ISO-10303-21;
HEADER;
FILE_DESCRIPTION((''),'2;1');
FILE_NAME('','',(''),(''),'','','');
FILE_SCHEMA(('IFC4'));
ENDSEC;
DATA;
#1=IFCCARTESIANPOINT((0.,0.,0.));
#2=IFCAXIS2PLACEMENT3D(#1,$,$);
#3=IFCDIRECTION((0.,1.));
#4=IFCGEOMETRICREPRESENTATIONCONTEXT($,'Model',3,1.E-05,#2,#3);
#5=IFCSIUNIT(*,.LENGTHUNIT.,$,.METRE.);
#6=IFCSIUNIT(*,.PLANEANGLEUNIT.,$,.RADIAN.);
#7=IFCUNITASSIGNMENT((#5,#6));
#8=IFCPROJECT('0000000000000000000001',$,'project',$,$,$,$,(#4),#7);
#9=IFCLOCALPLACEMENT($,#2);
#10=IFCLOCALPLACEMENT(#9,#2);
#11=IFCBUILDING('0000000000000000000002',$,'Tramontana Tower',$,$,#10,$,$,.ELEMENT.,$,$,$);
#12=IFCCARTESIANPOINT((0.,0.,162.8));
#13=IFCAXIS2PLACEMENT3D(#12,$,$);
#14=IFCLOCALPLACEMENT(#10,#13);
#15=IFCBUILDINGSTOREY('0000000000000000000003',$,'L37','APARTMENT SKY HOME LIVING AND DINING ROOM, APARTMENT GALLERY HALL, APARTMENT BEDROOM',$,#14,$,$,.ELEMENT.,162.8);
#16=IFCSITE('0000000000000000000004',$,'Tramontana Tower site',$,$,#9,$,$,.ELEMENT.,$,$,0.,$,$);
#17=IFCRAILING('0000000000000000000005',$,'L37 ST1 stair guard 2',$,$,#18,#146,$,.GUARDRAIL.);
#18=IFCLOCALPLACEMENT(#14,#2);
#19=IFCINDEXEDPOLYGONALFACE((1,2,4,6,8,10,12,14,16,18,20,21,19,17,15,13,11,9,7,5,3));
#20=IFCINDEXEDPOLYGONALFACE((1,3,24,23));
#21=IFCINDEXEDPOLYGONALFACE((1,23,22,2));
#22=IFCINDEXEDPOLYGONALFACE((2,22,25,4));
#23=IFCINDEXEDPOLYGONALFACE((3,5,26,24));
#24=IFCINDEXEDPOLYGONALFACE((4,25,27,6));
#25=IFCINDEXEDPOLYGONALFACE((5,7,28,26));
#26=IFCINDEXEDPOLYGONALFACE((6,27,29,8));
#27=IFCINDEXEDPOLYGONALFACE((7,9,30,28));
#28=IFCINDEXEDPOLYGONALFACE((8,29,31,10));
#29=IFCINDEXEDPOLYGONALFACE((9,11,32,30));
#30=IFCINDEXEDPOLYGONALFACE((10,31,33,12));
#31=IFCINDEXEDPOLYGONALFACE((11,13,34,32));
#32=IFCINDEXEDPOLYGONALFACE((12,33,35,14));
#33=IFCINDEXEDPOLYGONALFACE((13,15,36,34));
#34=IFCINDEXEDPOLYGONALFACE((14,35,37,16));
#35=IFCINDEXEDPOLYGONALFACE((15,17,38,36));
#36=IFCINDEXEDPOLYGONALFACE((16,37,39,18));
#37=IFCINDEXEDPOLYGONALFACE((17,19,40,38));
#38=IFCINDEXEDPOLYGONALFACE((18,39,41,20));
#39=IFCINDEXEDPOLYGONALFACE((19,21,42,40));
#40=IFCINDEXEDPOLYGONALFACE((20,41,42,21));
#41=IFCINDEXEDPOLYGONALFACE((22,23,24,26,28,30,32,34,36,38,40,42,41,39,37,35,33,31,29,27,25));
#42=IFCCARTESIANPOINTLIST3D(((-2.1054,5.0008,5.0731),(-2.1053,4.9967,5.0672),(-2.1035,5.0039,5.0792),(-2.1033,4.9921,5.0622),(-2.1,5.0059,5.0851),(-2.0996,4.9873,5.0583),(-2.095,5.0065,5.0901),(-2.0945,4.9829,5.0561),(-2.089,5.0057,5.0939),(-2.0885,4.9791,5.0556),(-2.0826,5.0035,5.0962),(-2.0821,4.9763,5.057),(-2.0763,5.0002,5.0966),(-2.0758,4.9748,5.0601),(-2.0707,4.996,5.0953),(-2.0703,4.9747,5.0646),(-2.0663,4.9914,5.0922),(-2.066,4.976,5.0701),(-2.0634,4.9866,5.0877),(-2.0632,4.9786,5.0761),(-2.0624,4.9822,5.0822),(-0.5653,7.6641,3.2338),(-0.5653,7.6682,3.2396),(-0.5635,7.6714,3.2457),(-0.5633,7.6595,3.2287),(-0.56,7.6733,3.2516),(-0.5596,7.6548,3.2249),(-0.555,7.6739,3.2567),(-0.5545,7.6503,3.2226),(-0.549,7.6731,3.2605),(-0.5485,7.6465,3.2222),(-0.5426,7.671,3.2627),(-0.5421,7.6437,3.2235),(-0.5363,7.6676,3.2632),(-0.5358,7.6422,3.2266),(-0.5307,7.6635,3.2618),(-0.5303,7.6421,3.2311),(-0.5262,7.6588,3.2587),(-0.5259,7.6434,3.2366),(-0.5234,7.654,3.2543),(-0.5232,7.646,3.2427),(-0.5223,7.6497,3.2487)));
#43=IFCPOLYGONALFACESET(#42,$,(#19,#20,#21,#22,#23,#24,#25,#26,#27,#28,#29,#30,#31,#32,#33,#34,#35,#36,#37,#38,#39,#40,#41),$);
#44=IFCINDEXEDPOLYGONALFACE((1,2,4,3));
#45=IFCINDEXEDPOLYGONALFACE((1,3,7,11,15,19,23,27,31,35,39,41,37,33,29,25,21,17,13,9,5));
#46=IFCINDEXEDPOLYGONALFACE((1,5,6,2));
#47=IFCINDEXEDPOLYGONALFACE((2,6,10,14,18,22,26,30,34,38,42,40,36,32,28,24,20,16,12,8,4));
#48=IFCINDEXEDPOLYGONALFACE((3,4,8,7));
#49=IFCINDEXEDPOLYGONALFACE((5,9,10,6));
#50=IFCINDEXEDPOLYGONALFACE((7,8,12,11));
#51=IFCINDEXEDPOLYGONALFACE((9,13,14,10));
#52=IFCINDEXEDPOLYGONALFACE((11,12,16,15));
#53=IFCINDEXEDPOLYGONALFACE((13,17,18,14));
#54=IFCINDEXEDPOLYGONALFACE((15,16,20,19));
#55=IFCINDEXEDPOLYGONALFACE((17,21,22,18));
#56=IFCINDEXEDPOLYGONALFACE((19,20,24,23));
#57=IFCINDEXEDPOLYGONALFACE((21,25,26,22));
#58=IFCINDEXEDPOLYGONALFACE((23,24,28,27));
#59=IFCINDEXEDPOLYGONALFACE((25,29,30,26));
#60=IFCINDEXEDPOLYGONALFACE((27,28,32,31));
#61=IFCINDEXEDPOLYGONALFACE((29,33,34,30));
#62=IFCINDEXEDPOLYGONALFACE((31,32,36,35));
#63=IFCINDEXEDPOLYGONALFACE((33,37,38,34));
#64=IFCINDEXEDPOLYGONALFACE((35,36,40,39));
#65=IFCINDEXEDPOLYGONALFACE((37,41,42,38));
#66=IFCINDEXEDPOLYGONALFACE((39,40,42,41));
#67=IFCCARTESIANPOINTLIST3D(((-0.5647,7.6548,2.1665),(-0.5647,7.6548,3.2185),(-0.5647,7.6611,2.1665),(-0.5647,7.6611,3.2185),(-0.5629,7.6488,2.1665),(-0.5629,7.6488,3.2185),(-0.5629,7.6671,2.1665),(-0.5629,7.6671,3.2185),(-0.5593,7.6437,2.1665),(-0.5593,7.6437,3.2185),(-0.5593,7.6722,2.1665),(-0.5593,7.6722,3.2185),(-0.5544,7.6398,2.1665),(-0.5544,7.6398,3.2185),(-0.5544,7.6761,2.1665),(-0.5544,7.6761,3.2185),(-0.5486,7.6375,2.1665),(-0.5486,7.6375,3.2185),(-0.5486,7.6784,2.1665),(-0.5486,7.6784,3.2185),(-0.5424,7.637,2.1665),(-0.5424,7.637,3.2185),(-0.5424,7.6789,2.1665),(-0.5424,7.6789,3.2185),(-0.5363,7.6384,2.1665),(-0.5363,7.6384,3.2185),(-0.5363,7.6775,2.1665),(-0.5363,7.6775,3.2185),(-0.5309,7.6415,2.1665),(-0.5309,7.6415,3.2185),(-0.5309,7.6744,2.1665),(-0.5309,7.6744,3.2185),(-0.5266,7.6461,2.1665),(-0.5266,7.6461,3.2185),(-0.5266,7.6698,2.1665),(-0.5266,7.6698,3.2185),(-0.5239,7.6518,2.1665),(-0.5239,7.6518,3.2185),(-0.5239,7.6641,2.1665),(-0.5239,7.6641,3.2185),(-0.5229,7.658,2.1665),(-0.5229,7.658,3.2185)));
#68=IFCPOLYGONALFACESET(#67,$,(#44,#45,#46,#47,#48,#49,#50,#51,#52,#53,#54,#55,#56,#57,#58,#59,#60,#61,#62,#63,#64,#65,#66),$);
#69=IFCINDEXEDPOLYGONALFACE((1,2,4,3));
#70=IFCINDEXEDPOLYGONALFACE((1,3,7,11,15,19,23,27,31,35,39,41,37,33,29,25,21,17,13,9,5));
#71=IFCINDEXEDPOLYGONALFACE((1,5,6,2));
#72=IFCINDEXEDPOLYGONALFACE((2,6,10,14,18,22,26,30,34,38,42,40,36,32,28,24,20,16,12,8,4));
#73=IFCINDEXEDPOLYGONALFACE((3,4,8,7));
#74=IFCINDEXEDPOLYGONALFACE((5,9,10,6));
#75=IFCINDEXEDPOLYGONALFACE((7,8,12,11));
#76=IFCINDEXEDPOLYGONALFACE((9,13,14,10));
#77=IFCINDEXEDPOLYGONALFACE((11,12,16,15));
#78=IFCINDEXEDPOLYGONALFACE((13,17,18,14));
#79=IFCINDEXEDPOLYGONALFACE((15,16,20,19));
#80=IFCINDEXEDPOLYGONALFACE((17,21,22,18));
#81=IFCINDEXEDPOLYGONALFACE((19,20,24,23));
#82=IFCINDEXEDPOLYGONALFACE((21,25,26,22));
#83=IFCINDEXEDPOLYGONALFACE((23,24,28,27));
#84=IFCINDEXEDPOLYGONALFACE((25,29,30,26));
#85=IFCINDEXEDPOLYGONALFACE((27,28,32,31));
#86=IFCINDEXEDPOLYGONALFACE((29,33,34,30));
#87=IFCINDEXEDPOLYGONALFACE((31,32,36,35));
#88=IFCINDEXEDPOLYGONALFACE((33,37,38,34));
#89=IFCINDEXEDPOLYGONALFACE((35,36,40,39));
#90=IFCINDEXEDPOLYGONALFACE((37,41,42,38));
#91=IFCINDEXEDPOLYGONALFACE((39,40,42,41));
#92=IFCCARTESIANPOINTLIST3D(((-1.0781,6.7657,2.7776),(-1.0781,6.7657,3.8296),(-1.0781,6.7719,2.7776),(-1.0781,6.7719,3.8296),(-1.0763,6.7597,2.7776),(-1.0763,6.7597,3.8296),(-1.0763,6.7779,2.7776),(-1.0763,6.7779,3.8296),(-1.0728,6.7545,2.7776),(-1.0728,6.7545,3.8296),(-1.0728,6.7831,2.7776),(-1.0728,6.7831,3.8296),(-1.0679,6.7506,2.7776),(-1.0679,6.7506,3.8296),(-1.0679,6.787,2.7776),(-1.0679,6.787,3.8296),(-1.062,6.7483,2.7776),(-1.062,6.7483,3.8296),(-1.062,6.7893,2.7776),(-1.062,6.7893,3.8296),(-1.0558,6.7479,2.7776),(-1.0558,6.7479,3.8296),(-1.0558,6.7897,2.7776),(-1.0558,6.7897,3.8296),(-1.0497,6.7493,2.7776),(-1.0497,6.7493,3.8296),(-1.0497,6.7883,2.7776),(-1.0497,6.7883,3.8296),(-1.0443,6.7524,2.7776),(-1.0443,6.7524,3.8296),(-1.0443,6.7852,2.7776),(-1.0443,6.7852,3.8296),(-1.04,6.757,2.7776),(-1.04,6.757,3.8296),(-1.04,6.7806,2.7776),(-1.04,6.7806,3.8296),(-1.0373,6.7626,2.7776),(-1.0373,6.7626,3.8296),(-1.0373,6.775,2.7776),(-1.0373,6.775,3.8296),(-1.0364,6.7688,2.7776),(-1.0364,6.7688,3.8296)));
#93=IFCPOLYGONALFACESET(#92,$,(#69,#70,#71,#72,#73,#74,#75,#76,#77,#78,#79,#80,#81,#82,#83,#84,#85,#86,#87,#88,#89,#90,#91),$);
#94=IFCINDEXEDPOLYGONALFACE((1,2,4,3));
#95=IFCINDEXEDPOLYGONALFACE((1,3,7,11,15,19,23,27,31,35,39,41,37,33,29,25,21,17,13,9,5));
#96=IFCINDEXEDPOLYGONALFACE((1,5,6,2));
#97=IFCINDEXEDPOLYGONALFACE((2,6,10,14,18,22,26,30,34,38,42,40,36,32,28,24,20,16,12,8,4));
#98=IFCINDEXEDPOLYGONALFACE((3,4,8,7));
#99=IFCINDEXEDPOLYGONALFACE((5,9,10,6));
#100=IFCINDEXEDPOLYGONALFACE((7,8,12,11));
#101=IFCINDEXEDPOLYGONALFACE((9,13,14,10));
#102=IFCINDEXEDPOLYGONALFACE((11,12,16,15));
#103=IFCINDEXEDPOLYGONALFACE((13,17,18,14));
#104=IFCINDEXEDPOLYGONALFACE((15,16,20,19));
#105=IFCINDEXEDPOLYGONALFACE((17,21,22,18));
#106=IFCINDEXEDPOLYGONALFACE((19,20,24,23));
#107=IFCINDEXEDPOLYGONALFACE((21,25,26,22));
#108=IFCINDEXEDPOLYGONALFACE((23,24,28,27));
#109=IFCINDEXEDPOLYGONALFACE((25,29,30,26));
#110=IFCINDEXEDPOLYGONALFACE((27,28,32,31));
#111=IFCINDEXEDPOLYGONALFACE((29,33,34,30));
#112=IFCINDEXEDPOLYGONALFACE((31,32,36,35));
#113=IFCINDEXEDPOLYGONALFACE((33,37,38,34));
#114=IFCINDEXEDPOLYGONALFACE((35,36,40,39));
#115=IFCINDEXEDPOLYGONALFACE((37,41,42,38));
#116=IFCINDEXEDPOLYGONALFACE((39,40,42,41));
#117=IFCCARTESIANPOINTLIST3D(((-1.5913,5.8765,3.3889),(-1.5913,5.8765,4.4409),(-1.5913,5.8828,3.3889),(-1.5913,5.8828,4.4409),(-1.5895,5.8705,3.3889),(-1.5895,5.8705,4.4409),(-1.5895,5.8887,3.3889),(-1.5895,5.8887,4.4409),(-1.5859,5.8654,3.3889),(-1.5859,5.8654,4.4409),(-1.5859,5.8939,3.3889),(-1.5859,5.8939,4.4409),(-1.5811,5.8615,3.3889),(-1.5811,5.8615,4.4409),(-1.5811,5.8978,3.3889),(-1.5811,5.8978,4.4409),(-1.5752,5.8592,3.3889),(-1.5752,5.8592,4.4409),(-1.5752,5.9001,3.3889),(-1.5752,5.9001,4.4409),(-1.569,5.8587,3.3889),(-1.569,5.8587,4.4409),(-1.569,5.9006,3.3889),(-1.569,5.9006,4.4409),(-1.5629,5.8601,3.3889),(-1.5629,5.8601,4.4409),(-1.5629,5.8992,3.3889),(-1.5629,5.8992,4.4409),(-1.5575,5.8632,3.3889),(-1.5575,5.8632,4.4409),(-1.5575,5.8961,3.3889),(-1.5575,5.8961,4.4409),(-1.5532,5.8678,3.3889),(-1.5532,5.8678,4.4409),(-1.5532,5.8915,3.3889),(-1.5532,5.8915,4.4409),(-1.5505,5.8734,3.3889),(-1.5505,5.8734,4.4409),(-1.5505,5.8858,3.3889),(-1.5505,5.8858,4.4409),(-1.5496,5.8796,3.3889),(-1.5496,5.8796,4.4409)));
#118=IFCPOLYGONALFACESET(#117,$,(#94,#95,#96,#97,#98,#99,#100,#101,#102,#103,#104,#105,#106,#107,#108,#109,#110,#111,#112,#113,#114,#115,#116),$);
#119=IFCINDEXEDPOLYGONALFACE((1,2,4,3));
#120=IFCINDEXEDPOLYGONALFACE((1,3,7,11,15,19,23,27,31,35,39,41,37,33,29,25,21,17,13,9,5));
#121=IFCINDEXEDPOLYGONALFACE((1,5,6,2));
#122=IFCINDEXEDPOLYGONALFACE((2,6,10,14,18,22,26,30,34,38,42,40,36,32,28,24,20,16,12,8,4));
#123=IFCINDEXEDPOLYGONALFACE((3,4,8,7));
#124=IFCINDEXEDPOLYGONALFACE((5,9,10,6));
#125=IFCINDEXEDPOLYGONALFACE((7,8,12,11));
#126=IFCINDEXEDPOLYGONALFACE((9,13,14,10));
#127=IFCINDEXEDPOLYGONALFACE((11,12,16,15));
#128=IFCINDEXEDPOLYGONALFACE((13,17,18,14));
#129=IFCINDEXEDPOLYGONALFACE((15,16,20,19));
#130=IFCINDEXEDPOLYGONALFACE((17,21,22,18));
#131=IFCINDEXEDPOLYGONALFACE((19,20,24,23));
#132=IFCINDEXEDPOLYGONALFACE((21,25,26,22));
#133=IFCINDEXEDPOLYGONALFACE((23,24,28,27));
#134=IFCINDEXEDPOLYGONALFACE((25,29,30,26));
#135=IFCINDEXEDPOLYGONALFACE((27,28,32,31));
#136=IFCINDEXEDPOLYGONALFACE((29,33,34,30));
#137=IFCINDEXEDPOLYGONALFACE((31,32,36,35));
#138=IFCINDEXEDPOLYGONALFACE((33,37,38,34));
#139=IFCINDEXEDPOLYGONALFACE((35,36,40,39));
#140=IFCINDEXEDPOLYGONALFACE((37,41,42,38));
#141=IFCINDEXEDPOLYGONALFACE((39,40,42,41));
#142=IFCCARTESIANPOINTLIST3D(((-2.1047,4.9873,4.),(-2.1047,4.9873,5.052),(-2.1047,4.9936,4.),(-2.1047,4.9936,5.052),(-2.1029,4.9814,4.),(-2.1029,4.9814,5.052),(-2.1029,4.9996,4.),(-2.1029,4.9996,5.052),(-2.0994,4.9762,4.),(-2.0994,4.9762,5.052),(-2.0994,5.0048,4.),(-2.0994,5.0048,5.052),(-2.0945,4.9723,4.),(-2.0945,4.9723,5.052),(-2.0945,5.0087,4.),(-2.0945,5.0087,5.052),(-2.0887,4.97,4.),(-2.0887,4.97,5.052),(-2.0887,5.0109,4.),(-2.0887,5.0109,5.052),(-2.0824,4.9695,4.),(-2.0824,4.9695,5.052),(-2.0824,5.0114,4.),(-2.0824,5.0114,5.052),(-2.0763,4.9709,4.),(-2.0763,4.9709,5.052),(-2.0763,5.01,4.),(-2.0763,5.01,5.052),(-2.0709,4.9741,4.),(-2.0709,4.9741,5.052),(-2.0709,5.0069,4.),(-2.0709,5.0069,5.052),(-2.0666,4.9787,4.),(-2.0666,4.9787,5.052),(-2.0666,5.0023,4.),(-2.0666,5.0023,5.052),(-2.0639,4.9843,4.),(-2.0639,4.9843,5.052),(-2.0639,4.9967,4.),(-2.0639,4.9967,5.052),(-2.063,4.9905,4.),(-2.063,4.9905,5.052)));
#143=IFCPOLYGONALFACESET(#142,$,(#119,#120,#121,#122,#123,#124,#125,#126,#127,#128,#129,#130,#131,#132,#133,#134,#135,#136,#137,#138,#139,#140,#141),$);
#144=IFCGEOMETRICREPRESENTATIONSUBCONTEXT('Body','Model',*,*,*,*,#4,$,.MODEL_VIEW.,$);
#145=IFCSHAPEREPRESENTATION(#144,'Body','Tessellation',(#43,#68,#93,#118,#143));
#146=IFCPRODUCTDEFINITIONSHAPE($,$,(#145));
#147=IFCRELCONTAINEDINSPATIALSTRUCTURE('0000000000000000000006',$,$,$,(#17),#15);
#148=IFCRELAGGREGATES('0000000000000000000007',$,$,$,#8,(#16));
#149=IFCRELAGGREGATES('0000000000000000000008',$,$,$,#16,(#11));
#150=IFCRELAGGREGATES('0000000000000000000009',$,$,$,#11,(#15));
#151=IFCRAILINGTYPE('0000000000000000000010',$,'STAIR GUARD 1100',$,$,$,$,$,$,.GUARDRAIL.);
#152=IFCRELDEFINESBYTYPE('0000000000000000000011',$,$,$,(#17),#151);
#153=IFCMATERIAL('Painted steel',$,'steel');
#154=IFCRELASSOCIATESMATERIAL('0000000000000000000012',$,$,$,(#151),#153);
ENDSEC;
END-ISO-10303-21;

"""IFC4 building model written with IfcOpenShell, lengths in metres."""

from ifc_helpers import new_model, si_unit, direction, frame, origin, origin_2d, place, context, subcontext, project, spatial, circle, extrude, material, type_object, element, save


model = new_model("IFC4")

# Units and contexts
model_context = context("Model", 3, precision=1e-05, world=origin(), true_north=direction((0.0, 1.0)))
body_context = subcontext(model_context, "Body", "Model", "MODEL_VIEW")
ifc_project = project(units=[si_unit("LENGTHUNIT", "METRE"), si_unit("PLANEANGLEUNIT", "RADIAN")], contexts=[model_context])

# Site, building, storey
site_placement = place(None, origin())
site = spatial("IfcSite", under=ifc_project, at=site_placement, Name="Tramontana Tower site", CompositionType="ELEMENT", RefElevation=0.0)
building_placement = place(site_placement, origin())
building = spatial("IfcBuilding", under=site, at=building_placement, Name="Tramontana Tower", CompositionType="ELEMENT")
storey_placement = place(building_placement, frame((0.0, 0.0, 162.8)))
storey = spatial("IfcBuildingStorey", under=building, at=storey_placement, Name="L37", Description="APARTMENT SKY HOME LIVING AND DINING ROOM, APARTMENT GALLERY HALL, APARTMENT BEDROOM", CompositionType="ELEMENT", Elevation=162.8)

# Railing
ifc_material_1 = material(Name="Painted steel", Category="steel")
railing_type = type_object("IfcRailingType", Name="STAIR GUARD 1100", PredefinedType="GUARDRAIL", material=ifc_material_1)
railing_1_placement = place(storey_placement, frame((-0.5439, 7.658, 2.1665)))
element("IfcRailing", 1, at=railing_1_placement, inside=storey, type_object=railing_type, Name="L37 ST1 stair guard 2", PredefinedType="GUARDRAIL", context=body_context, shape_type="SweptSolid", body=[
    extrude(circle(Radius=0.0239, at=origin_2d()), frame((0.0, 0.0, 1.0762), z_axis=(-0.429634, -0.744164, 0.511502), x_axis=(0.86603, -0.499992, 0.0)), (0.0, 0.0, 1.0), 3.5845),
    extrude(circle(Radius=0.021, at=origin_2d()), origin(), (0.0, 0.0, 1.0), 1.052),
    extrude(circle(Radius=0.021, at=origin_2d()), frame((-0.5134, -0.8892, 0.6111)), (0.0, 0.0, 1.0), 1.052),
    extrude(circle(Radius=0.021, at=origin_2d()), frame((-1.0266, -1.7783, 1.2224)), (0.0, 0.0, 1.0), 1.052),
    extrude(circle(Radius=0.021, at=origin_2d()), frame((-1.54, -2.6675, 1.8335)), (0.0, 0.0, 1.0), 1.052),
])

save(model, "model.ifc")
